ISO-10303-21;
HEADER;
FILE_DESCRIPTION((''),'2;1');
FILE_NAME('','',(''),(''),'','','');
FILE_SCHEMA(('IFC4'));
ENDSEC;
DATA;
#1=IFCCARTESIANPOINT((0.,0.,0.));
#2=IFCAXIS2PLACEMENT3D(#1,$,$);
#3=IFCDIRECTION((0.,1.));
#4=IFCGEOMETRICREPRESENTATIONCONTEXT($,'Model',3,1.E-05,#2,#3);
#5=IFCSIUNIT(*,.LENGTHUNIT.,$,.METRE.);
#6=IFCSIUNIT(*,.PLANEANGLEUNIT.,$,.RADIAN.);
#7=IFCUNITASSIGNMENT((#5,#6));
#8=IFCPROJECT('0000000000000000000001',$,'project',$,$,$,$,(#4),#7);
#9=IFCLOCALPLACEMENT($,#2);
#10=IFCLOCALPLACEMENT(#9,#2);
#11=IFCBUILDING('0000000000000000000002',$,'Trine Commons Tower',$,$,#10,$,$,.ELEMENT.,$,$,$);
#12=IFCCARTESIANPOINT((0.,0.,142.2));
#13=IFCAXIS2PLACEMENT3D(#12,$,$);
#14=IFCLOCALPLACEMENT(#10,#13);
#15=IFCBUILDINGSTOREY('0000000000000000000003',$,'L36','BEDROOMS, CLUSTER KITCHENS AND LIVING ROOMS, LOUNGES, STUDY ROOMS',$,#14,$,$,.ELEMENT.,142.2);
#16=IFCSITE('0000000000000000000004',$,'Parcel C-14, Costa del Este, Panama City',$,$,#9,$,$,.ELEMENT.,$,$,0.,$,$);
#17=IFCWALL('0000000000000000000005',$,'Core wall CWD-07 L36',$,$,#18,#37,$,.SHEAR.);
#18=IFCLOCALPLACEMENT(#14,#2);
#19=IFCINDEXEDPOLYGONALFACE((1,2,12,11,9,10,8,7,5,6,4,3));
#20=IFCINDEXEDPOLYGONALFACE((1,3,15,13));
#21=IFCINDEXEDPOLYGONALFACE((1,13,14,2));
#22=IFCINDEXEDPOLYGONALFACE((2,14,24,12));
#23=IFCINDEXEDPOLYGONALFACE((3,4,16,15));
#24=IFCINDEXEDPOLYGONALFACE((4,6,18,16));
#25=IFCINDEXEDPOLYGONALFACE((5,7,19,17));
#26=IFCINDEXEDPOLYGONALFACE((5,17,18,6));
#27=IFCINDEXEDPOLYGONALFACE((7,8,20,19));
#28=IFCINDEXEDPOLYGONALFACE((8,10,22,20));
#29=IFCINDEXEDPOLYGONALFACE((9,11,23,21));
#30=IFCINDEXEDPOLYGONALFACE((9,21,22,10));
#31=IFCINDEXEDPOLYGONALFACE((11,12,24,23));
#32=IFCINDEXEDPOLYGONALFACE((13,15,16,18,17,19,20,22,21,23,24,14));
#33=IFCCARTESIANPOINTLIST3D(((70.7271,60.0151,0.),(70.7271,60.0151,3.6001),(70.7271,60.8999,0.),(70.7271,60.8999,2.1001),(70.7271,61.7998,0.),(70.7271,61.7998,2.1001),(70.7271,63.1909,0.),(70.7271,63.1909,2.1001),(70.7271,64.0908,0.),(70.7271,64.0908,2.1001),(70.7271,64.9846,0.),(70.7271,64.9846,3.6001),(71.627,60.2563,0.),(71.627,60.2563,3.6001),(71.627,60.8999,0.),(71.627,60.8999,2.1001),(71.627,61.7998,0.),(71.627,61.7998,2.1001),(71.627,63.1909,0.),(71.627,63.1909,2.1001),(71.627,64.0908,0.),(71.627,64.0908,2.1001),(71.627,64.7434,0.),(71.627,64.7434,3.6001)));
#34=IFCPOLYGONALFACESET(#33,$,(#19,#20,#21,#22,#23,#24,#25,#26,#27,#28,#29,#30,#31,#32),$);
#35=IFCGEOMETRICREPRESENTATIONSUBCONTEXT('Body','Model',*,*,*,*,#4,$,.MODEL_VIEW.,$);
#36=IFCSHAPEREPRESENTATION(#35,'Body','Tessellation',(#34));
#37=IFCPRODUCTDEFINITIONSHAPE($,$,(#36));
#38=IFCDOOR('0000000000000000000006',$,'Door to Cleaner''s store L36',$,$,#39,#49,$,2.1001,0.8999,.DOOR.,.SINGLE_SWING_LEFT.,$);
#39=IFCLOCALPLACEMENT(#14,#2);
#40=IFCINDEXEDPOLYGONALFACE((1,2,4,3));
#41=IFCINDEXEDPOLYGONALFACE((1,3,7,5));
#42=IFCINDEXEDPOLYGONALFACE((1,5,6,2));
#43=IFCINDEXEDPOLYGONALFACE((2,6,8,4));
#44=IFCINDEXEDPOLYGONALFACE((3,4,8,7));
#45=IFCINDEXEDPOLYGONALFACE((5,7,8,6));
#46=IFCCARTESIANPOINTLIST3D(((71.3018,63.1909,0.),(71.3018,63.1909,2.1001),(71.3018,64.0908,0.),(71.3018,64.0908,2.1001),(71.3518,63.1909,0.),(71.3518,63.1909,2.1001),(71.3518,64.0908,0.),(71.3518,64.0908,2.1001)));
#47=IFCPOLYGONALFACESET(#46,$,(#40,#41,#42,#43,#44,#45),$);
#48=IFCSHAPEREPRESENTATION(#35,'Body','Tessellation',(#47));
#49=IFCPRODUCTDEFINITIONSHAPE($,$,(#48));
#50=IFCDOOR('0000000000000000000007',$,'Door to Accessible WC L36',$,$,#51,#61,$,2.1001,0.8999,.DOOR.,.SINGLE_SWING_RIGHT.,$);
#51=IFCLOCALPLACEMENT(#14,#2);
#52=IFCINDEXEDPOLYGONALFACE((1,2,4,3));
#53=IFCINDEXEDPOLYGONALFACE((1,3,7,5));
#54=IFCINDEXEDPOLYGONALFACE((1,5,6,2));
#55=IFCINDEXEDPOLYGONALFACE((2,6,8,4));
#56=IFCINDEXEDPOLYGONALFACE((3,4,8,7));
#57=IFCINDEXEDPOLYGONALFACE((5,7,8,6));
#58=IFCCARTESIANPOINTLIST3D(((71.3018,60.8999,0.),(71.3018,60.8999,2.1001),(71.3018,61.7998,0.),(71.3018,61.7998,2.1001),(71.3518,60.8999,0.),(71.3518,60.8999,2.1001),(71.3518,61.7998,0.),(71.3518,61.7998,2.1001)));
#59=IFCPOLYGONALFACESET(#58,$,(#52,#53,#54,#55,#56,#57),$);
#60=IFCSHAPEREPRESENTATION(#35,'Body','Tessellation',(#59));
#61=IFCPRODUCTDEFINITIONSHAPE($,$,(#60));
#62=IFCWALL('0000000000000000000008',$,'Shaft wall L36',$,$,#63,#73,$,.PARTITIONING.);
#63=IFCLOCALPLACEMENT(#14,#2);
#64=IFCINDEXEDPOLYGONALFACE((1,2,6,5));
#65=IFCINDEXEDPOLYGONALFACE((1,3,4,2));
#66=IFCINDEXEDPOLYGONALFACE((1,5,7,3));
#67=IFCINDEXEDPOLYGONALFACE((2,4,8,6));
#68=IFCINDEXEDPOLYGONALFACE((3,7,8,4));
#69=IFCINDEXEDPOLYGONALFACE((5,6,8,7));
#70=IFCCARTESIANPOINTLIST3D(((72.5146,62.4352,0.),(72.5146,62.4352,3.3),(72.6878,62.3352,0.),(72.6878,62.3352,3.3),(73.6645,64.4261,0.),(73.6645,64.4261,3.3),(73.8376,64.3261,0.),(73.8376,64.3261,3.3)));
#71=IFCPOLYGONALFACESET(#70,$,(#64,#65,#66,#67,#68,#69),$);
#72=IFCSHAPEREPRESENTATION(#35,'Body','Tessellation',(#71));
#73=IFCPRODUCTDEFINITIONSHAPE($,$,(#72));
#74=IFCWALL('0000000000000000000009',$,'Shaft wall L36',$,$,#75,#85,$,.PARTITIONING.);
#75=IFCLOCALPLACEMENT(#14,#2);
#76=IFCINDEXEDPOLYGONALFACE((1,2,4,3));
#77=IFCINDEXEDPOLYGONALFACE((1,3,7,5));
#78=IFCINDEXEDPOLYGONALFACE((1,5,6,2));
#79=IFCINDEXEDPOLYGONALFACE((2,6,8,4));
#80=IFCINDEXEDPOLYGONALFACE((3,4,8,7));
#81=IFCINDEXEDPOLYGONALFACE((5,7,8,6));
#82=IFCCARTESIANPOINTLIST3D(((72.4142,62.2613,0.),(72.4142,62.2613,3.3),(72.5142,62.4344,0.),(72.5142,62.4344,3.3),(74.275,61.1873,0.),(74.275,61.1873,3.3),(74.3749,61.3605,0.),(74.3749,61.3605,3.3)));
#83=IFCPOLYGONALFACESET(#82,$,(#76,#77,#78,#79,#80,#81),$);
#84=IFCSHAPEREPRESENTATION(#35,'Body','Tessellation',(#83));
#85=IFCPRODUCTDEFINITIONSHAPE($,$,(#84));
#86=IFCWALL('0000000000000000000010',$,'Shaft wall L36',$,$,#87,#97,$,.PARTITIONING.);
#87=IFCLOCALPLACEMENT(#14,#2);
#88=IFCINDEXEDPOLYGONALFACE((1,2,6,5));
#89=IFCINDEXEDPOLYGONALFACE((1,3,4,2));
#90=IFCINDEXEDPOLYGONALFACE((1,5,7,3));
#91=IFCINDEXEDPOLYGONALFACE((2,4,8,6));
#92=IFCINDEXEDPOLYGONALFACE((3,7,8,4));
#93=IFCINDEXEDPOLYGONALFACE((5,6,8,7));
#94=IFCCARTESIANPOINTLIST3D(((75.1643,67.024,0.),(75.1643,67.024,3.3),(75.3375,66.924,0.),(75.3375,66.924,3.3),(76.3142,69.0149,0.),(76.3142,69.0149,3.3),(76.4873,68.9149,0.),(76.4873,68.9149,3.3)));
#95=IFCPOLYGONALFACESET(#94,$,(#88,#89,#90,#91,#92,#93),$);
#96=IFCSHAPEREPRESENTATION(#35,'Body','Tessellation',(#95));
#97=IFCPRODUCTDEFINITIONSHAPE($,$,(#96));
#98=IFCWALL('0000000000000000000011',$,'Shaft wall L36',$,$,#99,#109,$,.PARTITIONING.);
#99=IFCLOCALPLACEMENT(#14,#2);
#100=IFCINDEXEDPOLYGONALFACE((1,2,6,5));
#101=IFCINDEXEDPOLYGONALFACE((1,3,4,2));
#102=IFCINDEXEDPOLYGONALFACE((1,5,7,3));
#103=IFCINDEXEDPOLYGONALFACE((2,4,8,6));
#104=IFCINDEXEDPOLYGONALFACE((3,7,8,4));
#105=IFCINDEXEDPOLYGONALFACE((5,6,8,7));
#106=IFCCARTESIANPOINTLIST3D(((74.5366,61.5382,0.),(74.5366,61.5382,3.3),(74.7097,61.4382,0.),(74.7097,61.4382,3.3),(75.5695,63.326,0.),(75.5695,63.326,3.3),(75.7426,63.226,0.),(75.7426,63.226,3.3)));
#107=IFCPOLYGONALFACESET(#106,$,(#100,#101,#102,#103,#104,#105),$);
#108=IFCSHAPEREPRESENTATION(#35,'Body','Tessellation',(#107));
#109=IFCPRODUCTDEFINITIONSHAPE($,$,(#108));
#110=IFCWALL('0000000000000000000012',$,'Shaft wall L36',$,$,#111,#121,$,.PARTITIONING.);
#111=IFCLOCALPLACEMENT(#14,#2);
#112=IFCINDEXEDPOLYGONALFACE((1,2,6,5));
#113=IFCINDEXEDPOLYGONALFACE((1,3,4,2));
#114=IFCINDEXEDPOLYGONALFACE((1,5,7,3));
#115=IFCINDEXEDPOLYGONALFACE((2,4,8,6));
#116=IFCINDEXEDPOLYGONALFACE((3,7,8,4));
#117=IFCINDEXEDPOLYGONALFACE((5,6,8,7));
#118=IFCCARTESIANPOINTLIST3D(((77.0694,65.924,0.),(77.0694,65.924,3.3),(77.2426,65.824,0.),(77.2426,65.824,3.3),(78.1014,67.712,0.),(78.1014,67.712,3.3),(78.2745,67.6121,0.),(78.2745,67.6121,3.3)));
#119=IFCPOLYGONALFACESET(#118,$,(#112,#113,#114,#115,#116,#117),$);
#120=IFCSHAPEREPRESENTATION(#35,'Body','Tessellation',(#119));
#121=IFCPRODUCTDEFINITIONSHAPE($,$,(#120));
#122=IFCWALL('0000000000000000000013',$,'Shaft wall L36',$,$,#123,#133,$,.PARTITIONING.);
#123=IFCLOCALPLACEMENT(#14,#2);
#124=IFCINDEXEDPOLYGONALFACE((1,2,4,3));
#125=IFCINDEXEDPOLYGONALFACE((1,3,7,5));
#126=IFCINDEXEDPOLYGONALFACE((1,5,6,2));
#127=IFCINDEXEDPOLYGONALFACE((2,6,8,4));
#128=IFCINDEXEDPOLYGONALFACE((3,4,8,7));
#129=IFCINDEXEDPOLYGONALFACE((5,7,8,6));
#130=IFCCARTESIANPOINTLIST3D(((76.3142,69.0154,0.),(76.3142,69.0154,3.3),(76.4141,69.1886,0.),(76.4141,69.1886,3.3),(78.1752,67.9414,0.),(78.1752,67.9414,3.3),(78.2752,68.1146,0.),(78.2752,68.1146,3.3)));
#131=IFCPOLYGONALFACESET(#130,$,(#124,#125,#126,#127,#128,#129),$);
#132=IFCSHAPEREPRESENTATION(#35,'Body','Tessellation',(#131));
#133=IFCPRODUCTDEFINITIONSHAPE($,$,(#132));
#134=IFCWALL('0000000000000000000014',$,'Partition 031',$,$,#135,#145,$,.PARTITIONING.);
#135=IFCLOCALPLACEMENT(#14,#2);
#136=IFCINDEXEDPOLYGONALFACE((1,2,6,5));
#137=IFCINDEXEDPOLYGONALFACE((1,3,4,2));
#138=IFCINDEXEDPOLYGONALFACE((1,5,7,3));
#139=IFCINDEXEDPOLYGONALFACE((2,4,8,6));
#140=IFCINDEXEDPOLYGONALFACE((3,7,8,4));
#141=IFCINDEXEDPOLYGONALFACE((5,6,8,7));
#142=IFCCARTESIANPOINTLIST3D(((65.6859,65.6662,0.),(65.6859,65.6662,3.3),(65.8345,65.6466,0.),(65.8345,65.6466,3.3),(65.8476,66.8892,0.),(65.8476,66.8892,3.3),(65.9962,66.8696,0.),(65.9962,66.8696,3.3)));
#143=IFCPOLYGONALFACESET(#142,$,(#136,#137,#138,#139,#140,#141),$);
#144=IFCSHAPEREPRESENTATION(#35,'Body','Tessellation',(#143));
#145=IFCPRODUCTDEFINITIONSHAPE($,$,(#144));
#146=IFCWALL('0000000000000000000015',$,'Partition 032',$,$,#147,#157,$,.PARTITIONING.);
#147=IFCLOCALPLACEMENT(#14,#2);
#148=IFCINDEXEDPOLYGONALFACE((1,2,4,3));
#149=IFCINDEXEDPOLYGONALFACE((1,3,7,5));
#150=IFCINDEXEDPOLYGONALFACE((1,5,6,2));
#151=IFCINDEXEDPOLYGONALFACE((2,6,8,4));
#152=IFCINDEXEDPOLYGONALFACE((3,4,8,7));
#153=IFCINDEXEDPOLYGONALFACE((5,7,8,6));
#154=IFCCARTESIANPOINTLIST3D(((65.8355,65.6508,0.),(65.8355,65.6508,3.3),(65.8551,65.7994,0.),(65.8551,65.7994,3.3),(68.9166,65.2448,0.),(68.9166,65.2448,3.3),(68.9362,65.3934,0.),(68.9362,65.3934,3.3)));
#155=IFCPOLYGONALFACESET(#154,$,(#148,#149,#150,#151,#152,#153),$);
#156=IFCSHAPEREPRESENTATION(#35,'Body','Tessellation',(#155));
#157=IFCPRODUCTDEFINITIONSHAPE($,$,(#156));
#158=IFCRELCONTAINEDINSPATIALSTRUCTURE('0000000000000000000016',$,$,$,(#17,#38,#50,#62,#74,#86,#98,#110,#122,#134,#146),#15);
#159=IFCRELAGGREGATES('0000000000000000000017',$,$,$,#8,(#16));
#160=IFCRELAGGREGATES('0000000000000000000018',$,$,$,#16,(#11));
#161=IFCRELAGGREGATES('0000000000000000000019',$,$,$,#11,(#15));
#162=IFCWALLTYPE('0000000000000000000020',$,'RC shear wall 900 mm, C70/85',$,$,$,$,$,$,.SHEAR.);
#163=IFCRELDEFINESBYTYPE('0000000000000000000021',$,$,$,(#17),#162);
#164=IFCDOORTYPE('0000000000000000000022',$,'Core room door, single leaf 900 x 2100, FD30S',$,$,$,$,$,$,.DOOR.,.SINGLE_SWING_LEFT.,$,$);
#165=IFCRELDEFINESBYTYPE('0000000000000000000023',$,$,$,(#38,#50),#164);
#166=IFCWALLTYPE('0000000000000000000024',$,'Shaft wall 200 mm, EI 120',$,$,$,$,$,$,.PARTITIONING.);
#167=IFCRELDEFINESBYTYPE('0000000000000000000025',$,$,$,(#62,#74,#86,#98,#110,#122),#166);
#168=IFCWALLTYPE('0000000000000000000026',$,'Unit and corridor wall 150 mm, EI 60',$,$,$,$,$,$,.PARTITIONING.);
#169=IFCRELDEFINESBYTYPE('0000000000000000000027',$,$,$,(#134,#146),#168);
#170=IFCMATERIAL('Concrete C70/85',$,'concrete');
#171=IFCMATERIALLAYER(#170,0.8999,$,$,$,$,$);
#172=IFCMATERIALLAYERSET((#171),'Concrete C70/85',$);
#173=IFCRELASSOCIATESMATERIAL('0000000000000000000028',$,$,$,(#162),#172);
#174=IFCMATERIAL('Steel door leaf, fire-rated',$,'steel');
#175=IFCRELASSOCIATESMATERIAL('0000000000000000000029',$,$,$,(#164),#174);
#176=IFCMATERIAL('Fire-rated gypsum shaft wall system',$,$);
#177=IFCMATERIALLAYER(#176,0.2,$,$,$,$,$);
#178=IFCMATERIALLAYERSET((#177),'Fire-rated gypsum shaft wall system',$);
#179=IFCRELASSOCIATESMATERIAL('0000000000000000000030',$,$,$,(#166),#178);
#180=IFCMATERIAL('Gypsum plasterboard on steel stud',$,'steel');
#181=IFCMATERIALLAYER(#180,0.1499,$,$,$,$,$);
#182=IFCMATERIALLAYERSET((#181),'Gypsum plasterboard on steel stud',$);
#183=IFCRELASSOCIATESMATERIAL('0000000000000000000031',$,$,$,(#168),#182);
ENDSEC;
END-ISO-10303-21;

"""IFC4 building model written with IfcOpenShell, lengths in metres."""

from ifc_helpers import new_model, si_unit, direction, frame, frame_2d, origin, place, context, subcontext, project, spatial, polyline, rectangle, outline, extrude, material, layer, layer_set, type_object, element, fill, save


model = new_model("IFC4")

# Units and contexts
model_context = context("Model", 3, precision=1e-05, world=origin(), true_north=direction((0.0, 1.0)))
body_context = subcontext(model_context, "Body", "Model", "MODEL_VIEW")
ifc_project = project(units=[si_unit("LENGTHUNIT", "METRE"), si_unit("PLANEANGLEUNIT", "RADIAN")], contexts=[model_context])

# Site, building, storey
site_placement = place(None, origin())
site = spatial("IfcSite", under=ifc_project, at=site_placement, Name="Parcel C-14, Costa del Este, Panama City", CompositionType="ELEMENT", RefElevation=0.0)
building_placement = place(site_placement, origin())
building = spatial("IfcBuilding", under=site, at=building_placement, Name="Trine Commons Tower", CompositionType="ELEMENT")
storey_placement = place(building_placement, frame((0.0, 0.0, 142.2)))
storey = spatial("IfcBuildingStorey", under=building, at=storey_placement, Name="L36", Description="BEDROOMS, CLUSTER KITCHENS AND LIVING ROOMS, LOUNGES, STUDY ROOMS", CompositionType="ELEMENT", Elevation=142.2)

# Shared definitions
ifc_material_1 = material(Name="Fire-rated gypsum shaft wall system")
ifc_material_2 = material(Name="Steel door leaf, fire-rated", Category="steel")
ifc_material_3 = material(Name="Concrete C70/85", Category="concrete")

# Wall, openings, doors
ifc_layer_1 = layer(ifc_material_3, 0.8999)
ifc_layer_set_1 = layer_set([ifc_layer_1], Name="Concrete C70/85")
wall_type_1 = type_object("IfcWallType", Name="RC shear wall 900 mm, C70/85", PredefinedType="SHEAR", material=ifc_layer_set_1)
wall_1_placement = place(storey_placement, frame((71.177, 64.9846, 0.0), z_axis=(0.0, 0.0, 1.0), x_axis=(0.0, -1.0, 0.0)))
wall_1 = element("IfcWall", 1, at=wall_1_placement, inside=storey, type_object=wall_type_1, Name="Core wall CWD-07 L36", PredefinedType="SHEAR", context=body_context, shape_type="SweptSolid", body=[
    extrude(outline(polyline([(0.0, -0.45), (4.9695, -0.45), (4.7283, 0.45), (0.2412, 0.45), (0.0, -0.45)])), origin(), (0.0, 0.0, 1.0), 3.6001),
])
opening_1_placement = place(wall_1_placement, frame((0.8938, 0.0, 0.0)))
opening_1 = element("IfcOpeningElement", 2, at=opening_1_placement, cuts=wall_1, PredefinedType="OPENING", context=body_context, shape_type="SweptSolid", body=[
    extrude(rectangle(XDim=0.8999, YDim=2.1001, at=frame_2d((0.45, 1.05))), frame((0.0, 0.46, 0.0), z_axis=(0.0, -1.0, 0.0), x_axis=(1.0, 0.0, 0.0)), (0.0, 0.0, 1.0), 0.9199),
])
opening_2_placement = place(wall_1_placement, frame((3.1848, 0.0, 0.0)))
opening_2 = element("IfcOpeningElement", 3, at=opening_2_placement, cuts=wall_1, PredefinedType="OPENING", context=body_context, shape_type="SweptSolid", body=[
    extrude(rectangle(XDim=0.8999, YDim=2.1001, at=frame_2d((0.45, 1.05))), frame((0.0, 0.46, 0.0), z_axis=(0.0, -1.0, 0.0), x_axis=(1.0, 0.0, 0.0)), (0.0, 0.0, 1.0), 0.9199),
])
door_type_1 = type_object("IfcDoorType", Name="Core room door, single leaf 900 x 2100, FD30S", OperationType="SINGLE_SWING_LEFT", PredefinedType="DOOR", material=ifc_material_2)
door_1_placement = place(opening_1_placement, origin())
door_1 = element("IfcDoor", 4, at=door_1_placement, inside=storey, type_object=door_type_1, Name="Door to Cleaner's store L36", OperationType="SINGLE_SWING_LEFT", OverallHeight=2.1001, OverallWidth=0.8999, PredefinedType="DOOR", context=body_context, shape_type="SweptSolid", body=[
    extrude(rectangle(XDim=0.8999, YDim=2.1001, at=frame_2d((0.45, 1.05))), frame((0.0, 0.1748, 0.0), z_axis=(0.0, -1.0, 0.0), x_axis=(1.0, 0.0, 0.0)), (0.0, 0.0, 1.0), 0.05),
])
fill(opening_1, door_1)
door_2_placement = place(opening_2_placement, origin())
door_2 = element("IfcDoor", 5, at=door_2_placement, inside=storey, type_object=door_type_1, Name="Door to Accessible WC L36", OperationType="SINGLE_SWING_RIGHT", OverallHeight=2.1001, OverallWidth=0.8999, PredefinedType="DOOR", context=body_context, shape_type="SweptSolid", body=[
    extrude(rectangle(XDim=0.8999, YDim=2.1001, at=frame_2d((0.45, 1.05))), frame((0.0, 0.1748, 0.0), z_axis=(0.0, -1.0, 0.0), x_axis=(1.0, 0.0, 0.0)), (0.0, 0.0, 1.0), 0.05),
])
fill(opening_2, door_2)

# Walls
ifc_layer_2 = layer(ifc_material_1, 0.2)
ifc_layer_set_2 = layer_set([ifc_layer_2], Name="Fire-rated gypsum shaft wall system")
wall_type_2 = type_object("IfcWallType", Name="Shaft wall 200 mm, EI 120", PredefinedType="PARTITIONING", material=ifc_layer_set_2)
wall_2_placement = place(storey_placement, frame((73.751, 64.376, 0.0), z_axis=(0.0, 0.0, 1.0), x_axis=(-0.500136, -0.865947, 0.0)))
element("IfcWall", 6, at=wall_2_placement, inside=storey, type_object=wall_type_2, Name="Shaft wall L36", PredefinedType="PARTITIONING", context=body_context, shape_type="SweptSolid", body=[
    extrude(rectangle(XDim=2.2991, YDim=0.2, at=frame_2d((1.1494, 0.0))), origin(), (0.0, 0.0, 1.0), 3.3),
])
wall_3_placement = place(storey_placement, frame((74.325, 61.2739, 0.0), z_axis=(0.0, 0.0, 1.0), x_axis=(-0.866102, 0.499867, 0.0)))
element("IfcWall", 7, at=wall_3_placement, inside=storey, type_object=wall_type_2, Name="Shaft wall L36", PredefinedType="PARTITIONING", context=body_context, shape_type="SweptSolid", body=[
    extrude(rectangle(XDim=2.1484, YDim=0.2, at=frame_2d((1.0742, 0.0))), origin(), (0.0, 0.0, 1.0), 3.3),
])
wall_4_placement = place(storey_placement, frame((75.251, 66.9741, 0.0), z_axis=(0.0, 0.0, 1.0), x_axis=(0.500136, 0.865947, 0.0)))
element("IfcWall", 8, at=wall_4_placement, inside=storey, type_object=wall_type_2, Name="Shaft wall L36", PredefinedType="PARTITIONING", context=body_context, shape_type="SweptSolid", body=[
    extrude(rectangle(XDim=2.2991, YDim=0.2, at=frame_2d((1.1494, 0.0))), origin(), (0.0, 0.0, 1.0), 3.3),
])
wall_5_placement = place(storey_placement, frame((75.656, 63.2759, 0.0), z_axis=(0.0, 0.0, 1.0), x_axis=(-0.500272, -0.865868, 0.0)))
element("IfcWall", 9, at=wall_5_placement, inside=storey, type_object=wall_type_2, Name="Shaft wall L36", PredefinedType="PARTITIONING", context=body_context, shape_type="SweptSolid", body=[
    extrude(rectangle(XDim=2.0647, YDim=0.2, at=frame_2d((1.0322, 0.0))), origin(), (0.0, 0.0, 1.0), 3.3),
])
wall_6_placement = place(storey_placement, frame((77.156, 65.874, 0.0), z_axis=(0.0, 0.0, 1.0), x_axis=(0.499866, 0.866103, 0.0)))
element("IfcWall", 10, at=wall_6_placement, inside=storey, type_object=wall_type_2, Name="Shaft wall L36", PredefinedType="PARTITIONING", context=body_context, shape_type="SweptSolid", body=[
    extrude(rectangle(XDim=2.0645, YDim=0.2, at=frame_2d((1.0322, 0.0))), origin(), (0.0, 0.0, 1.0), 3.3),
])
wall_7_placement = place(storey_placement, frame((78.2251, 68.0281, 0.0), z_axis=(0.0, 0.0, 1.0), x_axis=(-0.866131, 0.499818, 0.0)))
element("IfcWall", 11, at=wall_7_placement, inside=storey, type_object=wall_type_2, Name="Shaft wall L36", PredefinedType="PARTITIONING", context=body_context, shape_type="SweptSolid", body=[
    extrude(rectangle(XDim=2.1487, YDim=0.2, at=frame_2d((1.0742, 0.0))), origin(), (0.0, 0.0, 1.0), 3.3),
])
ifc_material_4 = material(Name="Gypsum plasterboard on steel stud", Category="steel")
ifc_layer_3 = layer(ifc_material_4, 0.1499)
ifc_layer_set_3 = layer_set([ifc_layer_3], Name="Gypsum plasterboard on steel stud")
wall_type_3 = type_object("IfcWallType", Name="Unit and corridor wall 150 mm, EI 60", PredefinedType="PARTITIONING", material=ifc_layer_set_3)
wall_8_placement = place(storey_placement, frame((65.7603, 65.6565, 0.0), z_axis=(0.0, 0.0, 1.0), x_axis=(0.131023, 0.991379, 0.0)))
element("IfcWall", 12, at=wall_8_placement, inside=storey, type_object=wall_type_3, Name="Partition 031", PredefinedType="PARTITIONING", context=body_context, shape_type="SweptSolid", body=[
    extrude(rectangle(XDim=1.2336, YDim=0.1499, at=frame_2d((0.6167, 0.0))), origin(), (0.0, 0.0, 1.0), 3.3),
])
wall_9_placement = place(storey_placement, frame((65.8455, 65.7251, 0.0), z_axis=(0.0, 0.0, 1.0), x_axis=(0.991429, -0.130646, 0.0)))
element("IfcWall", 13, at=wall_9_placement, inside=storey, type_object=wall_type_3, Name="Partition 032", PredefinedType="PARTITIONING", context=body_context, shape_type="SweptSolid", body=[
    extrude(rectangle(XDim=3.1077, YDim=0.1499, at=frame_2d((1.5537, 0.0))), origin(), (0.0, 0.0, 1.0), 3.3),
])

save(model, "model.ifc")
